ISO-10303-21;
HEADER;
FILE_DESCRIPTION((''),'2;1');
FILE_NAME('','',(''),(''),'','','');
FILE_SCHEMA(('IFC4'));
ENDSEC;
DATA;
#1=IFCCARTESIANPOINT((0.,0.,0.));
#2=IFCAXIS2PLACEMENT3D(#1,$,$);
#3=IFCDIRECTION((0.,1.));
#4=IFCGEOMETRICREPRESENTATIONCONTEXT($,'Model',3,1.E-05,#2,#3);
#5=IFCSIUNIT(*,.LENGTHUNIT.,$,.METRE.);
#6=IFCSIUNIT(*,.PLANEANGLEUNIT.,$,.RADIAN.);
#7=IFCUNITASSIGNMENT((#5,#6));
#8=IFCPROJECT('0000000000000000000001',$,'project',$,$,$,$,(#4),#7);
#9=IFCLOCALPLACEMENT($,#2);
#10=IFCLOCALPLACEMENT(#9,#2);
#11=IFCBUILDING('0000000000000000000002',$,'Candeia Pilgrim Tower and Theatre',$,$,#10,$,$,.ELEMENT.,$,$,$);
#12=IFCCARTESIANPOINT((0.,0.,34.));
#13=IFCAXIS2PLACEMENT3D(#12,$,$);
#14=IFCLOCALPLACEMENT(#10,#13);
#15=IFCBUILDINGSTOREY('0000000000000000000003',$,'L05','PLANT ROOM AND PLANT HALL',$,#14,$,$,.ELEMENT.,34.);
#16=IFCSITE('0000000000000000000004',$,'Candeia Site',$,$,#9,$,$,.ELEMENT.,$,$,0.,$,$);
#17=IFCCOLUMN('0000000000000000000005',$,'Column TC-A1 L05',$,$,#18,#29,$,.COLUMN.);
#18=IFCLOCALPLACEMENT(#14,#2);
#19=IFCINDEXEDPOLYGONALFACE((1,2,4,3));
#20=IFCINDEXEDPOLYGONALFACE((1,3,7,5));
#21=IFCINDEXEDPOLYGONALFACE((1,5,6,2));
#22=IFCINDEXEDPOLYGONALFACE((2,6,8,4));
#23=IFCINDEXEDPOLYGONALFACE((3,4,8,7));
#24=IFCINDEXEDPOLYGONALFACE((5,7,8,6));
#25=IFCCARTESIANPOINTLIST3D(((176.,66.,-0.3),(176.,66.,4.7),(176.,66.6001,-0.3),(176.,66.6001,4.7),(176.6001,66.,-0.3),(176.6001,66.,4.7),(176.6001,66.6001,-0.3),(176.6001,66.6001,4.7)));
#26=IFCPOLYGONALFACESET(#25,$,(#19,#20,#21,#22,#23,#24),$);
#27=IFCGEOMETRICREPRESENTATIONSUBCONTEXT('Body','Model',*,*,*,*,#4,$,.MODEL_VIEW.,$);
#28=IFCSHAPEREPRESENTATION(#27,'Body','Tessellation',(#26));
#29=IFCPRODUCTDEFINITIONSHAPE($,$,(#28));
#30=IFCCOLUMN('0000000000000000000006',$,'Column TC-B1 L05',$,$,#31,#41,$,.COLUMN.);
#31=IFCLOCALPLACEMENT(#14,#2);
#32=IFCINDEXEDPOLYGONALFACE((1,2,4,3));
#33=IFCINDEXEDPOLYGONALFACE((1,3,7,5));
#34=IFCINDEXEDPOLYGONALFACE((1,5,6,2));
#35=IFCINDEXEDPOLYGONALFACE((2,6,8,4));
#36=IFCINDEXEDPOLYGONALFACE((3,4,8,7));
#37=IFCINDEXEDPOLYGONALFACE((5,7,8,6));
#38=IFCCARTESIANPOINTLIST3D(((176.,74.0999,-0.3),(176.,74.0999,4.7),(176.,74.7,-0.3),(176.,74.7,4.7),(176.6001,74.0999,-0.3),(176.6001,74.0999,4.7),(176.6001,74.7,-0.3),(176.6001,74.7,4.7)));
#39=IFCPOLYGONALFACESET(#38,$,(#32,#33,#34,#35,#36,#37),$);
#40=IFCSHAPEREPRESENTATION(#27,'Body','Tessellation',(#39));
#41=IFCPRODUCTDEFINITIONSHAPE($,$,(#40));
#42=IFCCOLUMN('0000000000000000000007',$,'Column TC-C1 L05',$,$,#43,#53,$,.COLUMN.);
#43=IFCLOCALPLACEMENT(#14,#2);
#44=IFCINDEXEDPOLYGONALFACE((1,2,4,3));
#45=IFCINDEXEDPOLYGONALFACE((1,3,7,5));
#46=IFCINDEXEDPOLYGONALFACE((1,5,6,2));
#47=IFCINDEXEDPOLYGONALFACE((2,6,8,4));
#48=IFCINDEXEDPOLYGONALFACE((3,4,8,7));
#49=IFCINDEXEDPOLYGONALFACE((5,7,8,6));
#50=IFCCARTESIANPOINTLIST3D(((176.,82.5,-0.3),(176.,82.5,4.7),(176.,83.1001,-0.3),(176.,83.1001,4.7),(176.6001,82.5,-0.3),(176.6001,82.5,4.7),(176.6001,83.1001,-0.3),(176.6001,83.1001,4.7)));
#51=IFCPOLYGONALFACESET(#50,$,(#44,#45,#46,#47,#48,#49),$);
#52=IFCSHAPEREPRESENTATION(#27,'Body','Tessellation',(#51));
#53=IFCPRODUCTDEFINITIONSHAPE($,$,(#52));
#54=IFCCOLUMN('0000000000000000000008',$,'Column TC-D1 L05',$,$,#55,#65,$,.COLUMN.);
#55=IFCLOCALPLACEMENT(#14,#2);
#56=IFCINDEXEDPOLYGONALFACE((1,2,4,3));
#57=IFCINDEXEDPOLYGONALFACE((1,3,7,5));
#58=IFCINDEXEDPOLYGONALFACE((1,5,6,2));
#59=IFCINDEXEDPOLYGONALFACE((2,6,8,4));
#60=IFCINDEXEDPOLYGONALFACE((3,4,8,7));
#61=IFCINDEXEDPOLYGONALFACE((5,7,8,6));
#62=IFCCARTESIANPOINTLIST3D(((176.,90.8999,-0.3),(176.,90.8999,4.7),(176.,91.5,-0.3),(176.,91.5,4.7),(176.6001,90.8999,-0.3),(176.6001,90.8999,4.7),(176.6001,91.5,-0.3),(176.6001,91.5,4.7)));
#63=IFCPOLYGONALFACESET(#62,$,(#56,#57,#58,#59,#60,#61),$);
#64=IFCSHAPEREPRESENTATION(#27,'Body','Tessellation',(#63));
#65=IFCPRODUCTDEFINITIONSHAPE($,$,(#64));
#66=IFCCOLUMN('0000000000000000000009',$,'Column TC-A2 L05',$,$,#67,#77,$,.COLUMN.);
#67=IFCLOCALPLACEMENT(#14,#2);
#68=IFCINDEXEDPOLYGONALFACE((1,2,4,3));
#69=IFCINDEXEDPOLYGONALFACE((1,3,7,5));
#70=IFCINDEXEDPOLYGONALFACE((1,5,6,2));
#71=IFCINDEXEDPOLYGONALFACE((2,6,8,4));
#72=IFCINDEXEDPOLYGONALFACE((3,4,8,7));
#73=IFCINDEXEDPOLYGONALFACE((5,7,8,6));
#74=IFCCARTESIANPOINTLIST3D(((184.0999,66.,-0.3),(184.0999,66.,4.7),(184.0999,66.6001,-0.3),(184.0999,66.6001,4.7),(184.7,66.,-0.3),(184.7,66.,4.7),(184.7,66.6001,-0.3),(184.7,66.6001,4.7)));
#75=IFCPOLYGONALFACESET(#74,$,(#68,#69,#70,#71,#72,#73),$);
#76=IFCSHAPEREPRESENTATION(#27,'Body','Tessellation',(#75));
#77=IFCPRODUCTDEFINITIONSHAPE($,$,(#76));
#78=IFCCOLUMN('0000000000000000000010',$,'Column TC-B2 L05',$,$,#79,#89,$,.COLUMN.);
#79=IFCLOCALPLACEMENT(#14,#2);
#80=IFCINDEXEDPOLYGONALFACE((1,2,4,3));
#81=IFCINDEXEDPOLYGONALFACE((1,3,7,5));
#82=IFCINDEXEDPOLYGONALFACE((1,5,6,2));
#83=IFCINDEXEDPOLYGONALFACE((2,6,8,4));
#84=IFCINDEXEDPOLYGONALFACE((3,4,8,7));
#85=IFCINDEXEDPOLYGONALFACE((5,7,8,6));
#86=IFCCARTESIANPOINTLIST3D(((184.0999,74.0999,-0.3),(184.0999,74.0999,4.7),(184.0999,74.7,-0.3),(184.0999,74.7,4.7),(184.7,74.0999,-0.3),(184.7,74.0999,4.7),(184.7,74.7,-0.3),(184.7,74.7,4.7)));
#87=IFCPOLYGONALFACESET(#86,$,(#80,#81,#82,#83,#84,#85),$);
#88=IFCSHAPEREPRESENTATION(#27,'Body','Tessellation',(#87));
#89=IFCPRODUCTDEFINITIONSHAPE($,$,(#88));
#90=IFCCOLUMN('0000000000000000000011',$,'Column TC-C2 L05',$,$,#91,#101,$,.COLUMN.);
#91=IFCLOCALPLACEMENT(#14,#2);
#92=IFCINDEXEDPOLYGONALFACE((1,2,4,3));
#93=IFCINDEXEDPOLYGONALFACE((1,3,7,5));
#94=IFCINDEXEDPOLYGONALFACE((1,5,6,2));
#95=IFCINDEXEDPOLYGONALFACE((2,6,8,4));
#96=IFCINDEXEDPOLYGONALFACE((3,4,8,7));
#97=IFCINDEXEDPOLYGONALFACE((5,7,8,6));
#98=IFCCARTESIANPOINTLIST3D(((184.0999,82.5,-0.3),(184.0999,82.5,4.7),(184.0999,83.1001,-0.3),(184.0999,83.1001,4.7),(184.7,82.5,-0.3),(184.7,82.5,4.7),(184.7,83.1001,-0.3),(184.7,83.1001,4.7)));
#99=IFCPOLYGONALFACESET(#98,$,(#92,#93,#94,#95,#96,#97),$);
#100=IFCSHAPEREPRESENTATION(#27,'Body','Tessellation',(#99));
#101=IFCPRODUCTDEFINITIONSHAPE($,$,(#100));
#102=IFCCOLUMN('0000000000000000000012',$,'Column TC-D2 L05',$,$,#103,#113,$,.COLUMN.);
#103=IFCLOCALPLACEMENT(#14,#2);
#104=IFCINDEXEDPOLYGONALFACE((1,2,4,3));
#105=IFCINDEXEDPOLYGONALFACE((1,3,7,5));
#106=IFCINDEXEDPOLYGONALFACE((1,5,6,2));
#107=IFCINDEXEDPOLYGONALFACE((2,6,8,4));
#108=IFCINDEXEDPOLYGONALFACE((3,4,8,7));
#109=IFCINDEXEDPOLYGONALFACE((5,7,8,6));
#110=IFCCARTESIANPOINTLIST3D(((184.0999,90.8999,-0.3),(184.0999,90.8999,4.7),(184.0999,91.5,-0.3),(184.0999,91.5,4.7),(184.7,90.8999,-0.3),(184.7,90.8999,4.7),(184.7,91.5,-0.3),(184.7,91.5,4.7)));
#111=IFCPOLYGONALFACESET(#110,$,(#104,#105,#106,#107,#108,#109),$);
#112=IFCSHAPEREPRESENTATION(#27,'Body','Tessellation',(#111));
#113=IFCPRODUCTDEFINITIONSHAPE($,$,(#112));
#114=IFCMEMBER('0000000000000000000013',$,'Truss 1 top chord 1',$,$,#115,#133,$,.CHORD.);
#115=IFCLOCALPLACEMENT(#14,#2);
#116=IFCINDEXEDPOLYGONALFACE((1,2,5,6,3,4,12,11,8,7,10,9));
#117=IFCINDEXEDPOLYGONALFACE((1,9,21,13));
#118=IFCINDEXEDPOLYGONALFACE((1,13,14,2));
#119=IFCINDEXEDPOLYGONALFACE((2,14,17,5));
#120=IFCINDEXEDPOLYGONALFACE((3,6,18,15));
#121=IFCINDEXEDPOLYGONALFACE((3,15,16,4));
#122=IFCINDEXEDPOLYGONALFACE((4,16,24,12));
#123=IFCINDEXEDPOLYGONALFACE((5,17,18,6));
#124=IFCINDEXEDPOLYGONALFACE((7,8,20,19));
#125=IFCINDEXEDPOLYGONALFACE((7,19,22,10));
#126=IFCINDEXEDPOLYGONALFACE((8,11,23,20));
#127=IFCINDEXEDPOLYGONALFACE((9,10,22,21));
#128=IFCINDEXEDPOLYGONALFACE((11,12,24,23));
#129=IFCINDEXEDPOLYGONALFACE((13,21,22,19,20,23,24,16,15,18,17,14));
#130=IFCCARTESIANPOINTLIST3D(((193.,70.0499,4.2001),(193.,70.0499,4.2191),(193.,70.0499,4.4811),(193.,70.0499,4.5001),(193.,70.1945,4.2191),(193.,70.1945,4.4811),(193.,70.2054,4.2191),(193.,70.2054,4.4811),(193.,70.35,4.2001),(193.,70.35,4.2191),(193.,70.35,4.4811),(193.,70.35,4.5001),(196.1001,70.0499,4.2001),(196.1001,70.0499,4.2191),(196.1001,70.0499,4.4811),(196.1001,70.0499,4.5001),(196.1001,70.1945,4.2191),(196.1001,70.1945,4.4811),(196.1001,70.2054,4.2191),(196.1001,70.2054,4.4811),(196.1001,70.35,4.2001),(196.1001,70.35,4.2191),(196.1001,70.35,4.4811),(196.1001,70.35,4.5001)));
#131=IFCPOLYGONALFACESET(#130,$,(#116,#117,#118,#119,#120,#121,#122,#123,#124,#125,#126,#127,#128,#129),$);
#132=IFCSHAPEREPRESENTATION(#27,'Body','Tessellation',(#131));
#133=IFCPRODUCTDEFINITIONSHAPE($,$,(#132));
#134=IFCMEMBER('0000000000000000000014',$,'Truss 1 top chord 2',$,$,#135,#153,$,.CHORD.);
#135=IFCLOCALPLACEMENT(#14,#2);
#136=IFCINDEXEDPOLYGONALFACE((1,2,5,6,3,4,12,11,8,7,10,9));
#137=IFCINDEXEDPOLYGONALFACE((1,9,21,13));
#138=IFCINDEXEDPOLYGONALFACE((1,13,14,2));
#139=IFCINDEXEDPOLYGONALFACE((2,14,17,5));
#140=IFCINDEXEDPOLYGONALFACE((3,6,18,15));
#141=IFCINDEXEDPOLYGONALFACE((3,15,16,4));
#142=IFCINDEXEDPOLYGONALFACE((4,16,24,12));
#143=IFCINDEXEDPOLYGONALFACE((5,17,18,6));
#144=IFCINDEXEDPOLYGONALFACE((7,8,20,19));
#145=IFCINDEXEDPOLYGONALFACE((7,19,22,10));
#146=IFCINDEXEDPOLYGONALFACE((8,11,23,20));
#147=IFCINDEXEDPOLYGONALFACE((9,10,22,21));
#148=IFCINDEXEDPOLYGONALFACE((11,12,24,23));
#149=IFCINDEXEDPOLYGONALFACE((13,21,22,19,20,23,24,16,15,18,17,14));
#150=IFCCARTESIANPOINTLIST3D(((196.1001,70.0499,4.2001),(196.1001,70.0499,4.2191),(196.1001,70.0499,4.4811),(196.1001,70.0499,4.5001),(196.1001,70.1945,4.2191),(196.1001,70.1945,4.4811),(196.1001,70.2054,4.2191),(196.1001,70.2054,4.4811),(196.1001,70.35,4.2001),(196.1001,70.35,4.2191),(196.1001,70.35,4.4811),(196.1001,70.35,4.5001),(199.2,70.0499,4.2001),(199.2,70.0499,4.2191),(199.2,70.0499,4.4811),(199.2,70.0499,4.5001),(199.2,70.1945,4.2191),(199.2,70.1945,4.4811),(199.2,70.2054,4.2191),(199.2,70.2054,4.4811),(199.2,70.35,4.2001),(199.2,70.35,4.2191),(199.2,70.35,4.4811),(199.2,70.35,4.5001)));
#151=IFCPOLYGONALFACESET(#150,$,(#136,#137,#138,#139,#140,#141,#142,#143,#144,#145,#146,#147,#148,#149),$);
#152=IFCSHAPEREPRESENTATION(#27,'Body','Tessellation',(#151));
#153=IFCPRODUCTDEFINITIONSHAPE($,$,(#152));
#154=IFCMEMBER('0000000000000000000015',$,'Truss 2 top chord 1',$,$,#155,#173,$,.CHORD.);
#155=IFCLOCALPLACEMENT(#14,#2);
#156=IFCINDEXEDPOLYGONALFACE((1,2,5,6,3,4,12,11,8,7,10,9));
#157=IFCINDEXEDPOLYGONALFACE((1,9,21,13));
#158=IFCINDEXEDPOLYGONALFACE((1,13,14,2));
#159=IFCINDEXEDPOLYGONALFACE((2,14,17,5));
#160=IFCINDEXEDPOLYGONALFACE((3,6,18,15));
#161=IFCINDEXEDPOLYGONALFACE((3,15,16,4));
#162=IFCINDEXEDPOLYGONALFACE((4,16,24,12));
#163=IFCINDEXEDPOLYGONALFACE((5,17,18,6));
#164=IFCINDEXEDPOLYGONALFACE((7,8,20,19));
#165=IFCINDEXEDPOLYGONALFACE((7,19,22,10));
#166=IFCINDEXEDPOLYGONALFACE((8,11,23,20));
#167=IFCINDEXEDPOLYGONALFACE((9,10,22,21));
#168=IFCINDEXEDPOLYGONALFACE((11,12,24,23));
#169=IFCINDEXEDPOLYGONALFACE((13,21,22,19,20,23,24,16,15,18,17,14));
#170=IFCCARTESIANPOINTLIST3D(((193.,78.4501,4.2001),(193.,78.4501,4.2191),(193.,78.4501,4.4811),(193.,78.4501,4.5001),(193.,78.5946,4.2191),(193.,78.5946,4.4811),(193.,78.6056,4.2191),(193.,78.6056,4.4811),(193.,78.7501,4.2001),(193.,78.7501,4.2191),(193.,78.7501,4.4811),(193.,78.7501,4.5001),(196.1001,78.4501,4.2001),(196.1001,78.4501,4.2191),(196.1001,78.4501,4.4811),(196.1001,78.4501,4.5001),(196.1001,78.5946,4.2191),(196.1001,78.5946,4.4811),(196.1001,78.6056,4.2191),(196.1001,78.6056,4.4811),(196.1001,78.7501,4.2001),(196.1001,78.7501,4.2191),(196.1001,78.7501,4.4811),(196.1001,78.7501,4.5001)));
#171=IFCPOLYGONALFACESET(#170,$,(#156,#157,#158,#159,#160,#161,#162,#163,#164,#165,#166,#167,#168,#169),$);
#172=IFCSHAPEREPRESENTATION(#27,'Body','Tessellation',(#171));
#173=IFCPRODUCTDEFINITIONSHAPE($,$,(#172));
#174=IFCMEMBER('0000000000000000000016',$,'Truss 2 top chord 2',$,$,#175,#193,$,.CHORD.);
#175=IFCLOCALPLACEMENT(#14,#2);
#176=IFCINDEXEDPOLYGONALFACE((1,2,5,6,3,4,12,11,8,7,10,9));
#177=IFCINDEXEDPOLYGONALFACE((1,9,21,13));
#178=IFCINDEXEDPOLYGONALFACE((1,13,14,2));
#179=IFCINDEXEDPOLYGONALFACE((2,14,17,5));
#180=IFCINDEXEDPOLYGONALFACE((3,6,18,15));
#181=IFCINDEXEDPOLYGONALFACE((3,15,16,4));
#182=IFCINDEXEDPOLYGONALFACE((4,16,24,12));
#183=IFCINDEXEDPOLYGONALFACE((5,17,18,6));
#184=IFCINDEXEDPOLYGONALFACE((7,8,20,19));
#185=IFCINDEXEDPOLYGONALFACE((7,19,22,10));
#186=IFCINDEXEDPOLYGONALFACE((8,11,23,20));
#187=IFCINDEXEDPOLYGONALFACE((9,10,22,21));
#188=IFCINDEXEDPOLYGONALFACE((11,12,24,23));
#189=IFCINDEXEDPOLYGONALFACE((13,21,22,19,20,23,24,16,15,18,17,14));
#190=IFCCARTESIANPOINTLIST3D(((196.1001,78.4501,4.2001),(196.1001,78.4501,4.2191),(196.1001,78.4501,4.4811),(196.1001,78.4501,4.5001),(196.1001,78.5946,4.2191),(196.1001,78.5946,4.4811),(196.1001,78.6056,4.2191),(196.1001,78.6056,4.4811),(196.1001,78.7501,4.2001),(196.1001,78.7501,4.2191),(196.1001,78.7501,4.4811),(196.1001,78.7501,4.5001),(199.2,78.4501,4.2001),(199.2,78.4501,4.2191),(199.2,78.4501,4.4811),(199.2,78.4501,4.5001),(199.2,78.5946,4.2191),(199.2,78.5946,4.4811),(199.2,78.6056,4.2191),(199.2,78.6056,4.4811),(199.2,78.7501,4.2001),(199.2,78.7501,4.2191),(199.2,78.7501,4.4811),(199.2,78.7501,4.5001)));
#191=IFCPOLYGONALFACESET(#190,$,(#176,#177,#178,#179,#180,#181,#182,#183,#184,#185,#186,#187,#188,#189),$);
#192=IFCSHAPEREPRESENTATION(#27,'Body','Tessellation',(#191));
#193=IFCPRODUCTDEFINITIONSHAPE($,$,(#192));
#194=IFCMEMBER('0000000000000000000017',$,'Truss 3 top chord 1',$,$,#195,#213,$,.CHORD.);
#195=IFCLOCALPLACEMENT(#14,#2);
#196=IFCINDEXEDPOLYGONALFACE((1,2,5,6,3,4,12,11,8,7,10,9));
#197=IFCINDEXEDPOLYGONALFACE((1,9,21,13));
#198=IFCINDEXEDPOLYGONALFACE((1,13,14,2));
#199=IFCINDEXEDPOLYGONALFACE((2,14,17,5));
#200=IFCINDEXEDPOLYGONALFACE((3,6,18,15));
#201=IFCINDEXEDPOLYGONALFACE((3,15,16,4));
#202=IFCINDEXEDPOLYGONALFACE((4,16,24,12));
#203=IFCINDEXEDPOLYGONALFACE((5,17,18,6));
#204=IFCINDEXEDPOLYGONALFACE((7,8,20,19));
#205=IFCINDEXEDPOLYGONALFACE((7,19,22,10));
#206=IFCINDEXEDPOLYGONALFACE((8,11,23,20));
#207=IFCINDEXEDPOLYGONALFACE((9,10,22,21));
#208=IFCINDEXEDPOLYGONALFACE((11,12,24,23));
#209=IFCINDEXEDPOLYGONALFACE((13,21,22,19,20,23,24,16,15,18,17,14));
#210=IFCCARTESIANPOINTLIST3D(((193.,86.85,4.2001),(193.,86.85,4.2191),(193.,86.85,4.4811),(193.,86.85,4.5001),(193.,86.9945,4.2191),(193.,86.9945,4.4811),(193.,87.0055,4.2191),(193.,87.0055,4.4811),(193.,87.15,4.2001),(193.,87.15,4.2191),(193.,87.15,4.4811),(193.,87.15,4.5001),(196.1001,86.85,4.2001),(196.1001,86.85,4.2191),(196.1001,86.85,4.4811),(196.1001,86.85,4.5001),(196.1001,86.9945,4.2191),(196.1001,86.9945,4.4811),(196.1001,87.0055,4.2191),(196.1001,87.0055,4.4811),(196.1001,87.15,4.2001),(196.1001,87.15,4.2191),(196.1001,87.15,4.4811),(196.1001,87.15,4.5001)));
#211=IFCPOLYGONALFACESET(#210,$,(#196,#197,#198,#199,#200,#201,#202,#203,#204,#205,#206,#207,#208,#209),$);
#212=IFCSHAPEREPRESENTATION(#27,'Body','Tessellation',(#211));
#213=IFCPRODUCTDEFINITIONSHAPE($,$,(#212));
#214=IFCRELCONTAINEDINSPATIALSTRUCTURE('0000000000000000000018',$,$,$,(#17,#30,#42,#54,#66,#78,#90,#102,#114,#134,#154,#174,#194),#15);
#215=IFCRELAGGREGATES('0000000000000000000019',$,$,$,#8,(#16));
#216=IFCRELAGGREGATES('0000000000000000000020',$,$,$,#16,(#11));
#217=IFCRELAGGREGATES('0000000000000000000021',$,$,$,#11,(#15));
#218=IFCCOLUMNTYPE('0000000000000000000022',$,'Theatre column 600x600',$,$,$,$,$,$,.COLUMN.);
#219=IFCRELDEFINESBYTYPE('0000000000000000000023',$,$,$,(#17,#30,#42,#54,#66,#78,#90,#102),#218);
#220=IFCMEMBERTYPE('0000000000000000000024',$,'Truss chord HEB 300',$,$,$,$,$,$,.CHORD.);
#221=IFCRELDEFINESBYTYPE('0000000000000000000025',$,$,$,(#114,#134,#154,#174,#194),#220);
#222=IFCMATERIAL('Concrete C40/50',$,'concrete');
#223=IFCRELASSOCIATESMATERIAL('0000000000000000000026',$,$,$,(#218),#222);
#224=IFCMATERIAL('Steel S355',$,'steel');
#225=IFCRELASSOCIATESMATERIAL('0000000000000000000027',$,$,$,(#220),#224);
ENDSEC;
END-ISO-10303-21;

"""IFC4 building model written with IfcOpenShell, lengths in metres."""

from ifc_helpers import new_model, si_unit, direction, frame, origin, origin_2d, place, context, subcontext, project, spatial, rectangle, i_section, extrude, material, material_profile, profile_set, type_object, element, save


model = new_model("IFC4")

# Units and contexts
model_context = context("Model", 3, precision=1e-05, world=origin(), true_north=direction((0.0, 1.0)))
body_context = subcontext(model_context, "Body", "Model", "MODEL_VIEW")
ifc_project = project(units=[si_unit("LENGTHUNIT", "METRE"), si_unit("PLANEANGLEUNIT", "RADIAN")], contexts=[model_context])

# Site, building, storey
site_placement = place(None, origin())
site = spatial("IfcSite", under=ifc_project, at=site_placement, Name="Candeia Site", CompositionType="ELEMENT", RefElevation=0.0)
building_placement = place(site_placement, origin())
building = spatial("IfcBuilding", under=site, at=building_placement, Name="Candeia Pilgrim Tower and Theatre", CompositionType="ELEMENT")
storey_placement = place(building_placement, frame((0.0, 0.0, 34.0)))
storey = spatial("IfcBuildingStorey", under=building, at=storey_placement, Name="L05", Description="PLANT ROOM AND PLANT HALL", CompositionType="ELEMENT", Elevation=34.0)

# Columns
ifc_material_1 = material(Name="Concrete C40/50", Category="concrete")
ifc_material_profile_1 = material_profile(ifc_material_1, rectangle(XDim=0.6001, YDim=0.6001, at=origin_2d()))
ifc_profile_set_1 = profile_set([ifc_material_profile_1], Name="Concrete C40/50")
column_type = type_object("IfcColumnType", Name="Theatre column 600x600", PredefinedType="COLUMN", material=ifc_profile_set_1)
for number, where, z_axis, x_axis, name in (
    (1, (176.3, 66.3, -0.3), (0.0, 0.0, 1.0), (1.0, 0.0, 0.0), "Column TC-A1 L05"),
    (2, (176.3, 74.3999, -0.3), (0.0, 0.0, 1.0), (1.0, 0.0, 0.0), "Column TC-B1 L05"),
    (3, (176.3, 82.8, -0.3), (0.0, 0.0, 1.0), (1.0, 0.0, 0.0), "Column TC-C1 L05"),
    (4, (176.3, 91.2, -0.3), (0.0, 0.0, 1.0), (1.0, 0.0, 0.0), "Column TC-D1 L05"),
    (5, (184.3999, 66.3, -0.3), (0.0, 0.0, 1.0), (1.0, 0.0, 0.0), "Column TC-A2 L05"),
    (6, (184.3999, 74.3999, -0.3), (0.0, 0.0, 1.0), (1.0, 0.0, 0.0), "Column TC-B2 L05"),
    (7, (184.3999, 82.8, -0.3), (0.0, 0.0, 1.0), (1.0, 0.0, 0.0), "Column TC-C2 L05"),
    (8, (184.3999, 91.2, -0.3), (0.0, 0.0, 1.0), (1.0, 0.0, 0.0), "Column TC-D2 L05"),
):
    element("IfcColumn", number, at=place(storey_placement, frame(where, z_axis=z_axis, x_axis=x_axis)), inside=storey, type_object=column_type, Name=name, PredefinedType="COLUMN", context=body_context, shape_type="SweptSolid", body=[
        extrude(rectangle(XDim=0.6001, YDim=0.6001, at=origin_2d()), origin(), (0.0, 0.0, 1.0), 5.0),
    ])

# Members
ifc_material_2 = material(Name="Steel S355", Category="steel")
ifc_material_profile_2 = material_profile(ifc_material_2, i_section(OverallWidth=0.3, OverallDepth=0.3, WebThickness=0.011, FlangeThickness=0.019, at=origin_2d()))
ifc_profile_set_2 = profile_set([ifc_material_profile_2], Name="Steel S355")
member_type_1 = type_object("IfcMemberType", Name="Truss chord HEB 300", PredefinedType="CHORD", material=ifc_profile_set_2)
member_1_placement = place(storey_placement, frame((193.0, 70.2, 4.3501), z_axis=(1.0, 0.0, 0.0), x_axis=(0.0, 1.0, 0.0)))
element("IfcMember", 9, at=member_1_placement, inside=storey, type_object=member_type_1, Name="Truss 1 top chord 1", PredefinedType="CHORD", context=body_context, shape_type="SweptSolid", body=[
    extrude(i_section(OverallWidth=0.3, OverallDepth=0.3, WebThickness=0.011, FlangeThickness=0.019, at=origin_2d()), origin(), (0.0, 0.0, 1.0), 3.1001),
])
member_2_placement = place(storey_placement, frame((196.1001, 70.2, 4.3501), z_axis=(1.0, 0.0, 0.0), x_axis=(0.0, 1.0, 0.0)))
element("IfcMember", 10, at=member_2_placement, inside=storey, type_object=member_type_1, Name="Truss 1 top chord 2", PredefinedType="CHORD", context=body_context, shape_type="SweptSolid", body=[
    extrude(i_section(OverallWidth=0.3, OverallDepth=0.3, WebThickness=0.011, FlangeThickness=0.019, at=origin_2d()), origin(), (0.0, 0.0, 1.0), 3.0999),
])
member_3_placement = place(storey_placement, frame((193.0, 78.6001, 4.3501), z_axis=(1.0, 0.0, 0.0), x_axis=(0.0, 1.0, 0.0)))
element("IfcMember", 11, at=member_3_placement, inside=storey, type_object=member_type_1, Name="Truss 2 top chord 1", PredefinedType="CHORD", context=body_context, shape_type="SweptSolid", body=[
    extrude(i_section(OverallWidth=0.3, OverallDepth=0.3, WebThickness=0.011, FlangeThickness=0.019, at=origin_2d()), origin(), (0.0, 0.0, 1.0), 3.1001),
])
member_4_placement = place(storey_placement, frame((196.1001, 78.6001, 4.3501), z_axis=(1.0, 0.0, 0.0), x_axis=(0.0, 1.0, 0.0)))
element("IfcMember", 12, at=member_4_placement, inside=storey, type_object=member_type_1, Name="Truss 2 top chord 2", PredefinedType="CHORD", context=body_context, shape_type="SweptSolid", body=[
    extrude(i_section(OverallWidth=0.3, OverallDepth=0.3, WebThickness=0.011, FlangeThickness=0.019, at=origin_2d()), origin(), (0.0, 0.0, 1.0), 3.0999),
])
member_5_placement = place(storey_placement, frame((193.0, 87.0, 4.3501), z_axis=(1.0, 0.0, 0.0), x_axis=(0.0, 1.0, 0.0)))
element("IfcMember", 13, at=member_5_placement, inside=storey, type_object=member_type_1, Name="Truss 3 top chord 1", PredefinedType="CHORD", context=body_context, shape_type="SweptSolid", body=[
    extrude(i_section(OverallWidth=0.3, OverallDepth=0.3, WebThickness=0.011, FlangeThickness=0.019, at=origin_2d()), origin(), (0.0, 0.0, 1.0), 3.1001),
])

save(model, "model.ifc")
